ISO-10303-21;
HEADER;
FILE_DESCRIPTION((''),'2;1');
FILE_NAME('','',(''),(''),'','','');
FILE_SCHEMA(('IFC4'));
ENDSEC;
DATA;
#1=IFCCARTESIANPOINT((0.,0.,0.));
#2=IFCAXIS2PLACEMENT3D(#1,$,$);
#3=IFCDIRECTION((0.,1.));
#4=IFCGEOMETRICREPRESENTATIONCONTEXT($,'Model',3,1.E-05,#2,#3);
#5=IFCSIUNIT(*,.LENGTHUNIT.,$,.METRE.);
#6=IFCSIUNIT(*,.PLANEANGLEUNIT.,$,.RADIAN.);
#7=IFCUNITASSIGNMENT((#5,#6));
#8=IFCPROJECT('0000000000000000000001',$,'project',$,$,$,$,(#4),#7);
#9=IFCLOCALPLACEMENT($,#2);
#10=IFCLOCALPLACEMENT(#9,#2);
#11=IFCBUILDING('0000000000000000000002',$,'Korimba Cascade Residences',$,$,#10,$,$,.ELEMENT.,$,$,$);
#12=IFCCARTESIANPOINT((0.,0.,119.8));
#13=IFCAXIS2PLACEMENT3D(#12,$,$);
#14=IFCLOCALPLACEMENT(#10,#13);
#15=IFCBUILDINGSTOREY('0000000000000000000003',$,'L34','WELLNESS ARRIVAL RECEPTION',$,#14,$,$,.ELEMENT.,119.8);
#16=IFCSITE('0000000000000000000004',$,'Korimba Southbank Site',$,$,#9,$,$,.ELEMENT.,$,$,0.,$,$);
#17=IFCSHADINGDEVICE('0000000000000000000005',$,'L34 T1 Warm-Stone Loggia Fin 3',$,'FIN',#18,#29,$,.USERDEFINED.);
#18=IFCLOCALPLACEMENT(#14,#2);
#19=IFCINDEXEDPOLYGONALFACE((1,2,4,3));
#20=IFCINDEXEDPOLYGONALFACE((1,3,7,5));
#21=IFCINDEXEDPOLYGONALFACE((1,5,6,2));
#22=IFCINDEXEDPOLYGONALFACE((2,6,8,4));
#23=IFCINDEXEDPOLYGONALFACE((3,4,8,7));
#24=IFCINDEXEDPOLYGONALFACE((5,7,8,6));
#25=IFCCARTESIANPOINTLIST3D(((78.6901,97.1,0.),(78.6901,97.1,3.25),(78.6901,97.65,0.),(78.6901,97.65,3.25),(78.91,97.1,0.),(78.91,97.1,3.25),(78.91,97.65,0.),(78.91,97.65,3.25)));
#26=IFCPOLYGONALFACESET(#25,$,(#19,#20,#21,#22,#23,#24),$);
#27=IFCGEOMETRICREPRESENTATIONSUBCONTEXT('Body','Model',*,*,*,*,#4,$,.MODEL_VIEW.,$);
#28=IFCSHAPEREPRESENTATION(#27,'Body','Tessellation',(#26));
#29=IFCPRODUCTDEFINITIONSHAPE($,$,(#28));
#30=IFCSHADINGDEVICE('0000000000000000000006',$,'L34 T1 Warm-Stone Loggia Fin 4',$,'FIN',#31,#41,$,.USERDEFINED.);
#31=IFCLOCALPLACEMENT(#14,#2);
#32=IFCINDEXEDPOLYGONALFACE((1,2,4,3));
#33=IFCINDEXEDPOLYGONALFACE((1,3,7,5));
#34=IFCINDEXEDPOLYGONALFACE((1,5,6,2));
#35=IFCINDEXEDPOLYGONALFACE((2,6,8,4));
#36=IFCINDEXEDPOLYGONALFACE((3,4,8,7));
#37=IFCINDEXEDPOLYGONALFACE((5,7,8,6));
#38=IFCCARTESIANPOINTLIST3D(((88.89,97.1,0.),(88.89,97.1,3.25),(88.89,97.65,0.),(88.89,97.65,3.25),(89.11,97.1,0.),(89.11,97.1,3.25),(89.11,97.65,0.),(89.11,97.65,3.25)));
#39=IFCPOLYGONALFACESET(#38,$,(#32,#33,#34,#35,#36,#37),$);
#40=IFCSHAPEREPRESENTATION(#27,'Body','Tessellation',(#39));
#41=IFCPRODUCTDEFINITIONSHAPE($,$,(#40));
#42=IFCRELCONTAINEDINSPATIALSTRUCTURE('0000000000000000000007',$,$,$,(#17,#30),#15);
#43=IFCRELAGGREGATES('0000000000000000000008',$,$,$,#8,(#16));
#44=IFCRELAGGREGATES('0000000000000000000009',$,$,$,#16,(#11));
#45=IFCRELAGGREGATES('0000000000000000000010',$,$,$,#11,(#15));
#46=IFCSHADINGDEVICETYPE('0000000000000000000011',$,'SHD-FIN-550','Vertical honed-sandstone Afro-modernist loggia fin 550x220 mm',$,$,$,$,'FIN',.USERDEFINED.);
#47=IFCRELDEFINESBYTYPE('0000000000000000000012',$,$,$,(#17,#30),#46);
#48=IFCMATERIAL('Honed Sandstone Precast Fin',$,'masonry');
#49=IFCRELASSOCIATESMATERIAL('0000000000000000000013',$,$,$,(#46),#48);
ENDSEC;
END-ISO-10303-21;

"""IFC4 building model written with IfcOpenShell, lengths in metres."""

from ifc_helpers import new_model, si_unit, direction, frame, origin, origin_2d, place, context, subcontext, project, spatial, rectangle, extrude, material, type_object, element, save


model = new_model("IFC4")

# Units and contexts
model_context = context("Model", 3, precision=1e-05, world=origin(), true_north=direction((0.0, 1.0)))
body_context = subcontext(model_context, "Body", "Model", "MODEL_VIEW")
ifc_project = project(units=[si_unit("LENGTHUNIT", "METRE"), si_unit("PLANEANGLEUNIT", "RADIAN")], contexts=[model_context])

# Site, building, storey
site_placement = place(None, origin())
site = spatial("IfcSite", under=ifc_project, at=site_placement, Name="Korimba Southbank Site", CompositionType="ELEMENT", RefElevation=0.0)
building_placement = place(site_placement, origin())
building = spatial("IfcBuilding", under=site, at=building_placement, Name="Korimba Cascade Residences", CompositionType="ELEMENT")
storey_placement = place(building_placement, frame((0.0, 0.0, 119.8)))
storey = spatial("IfcBuildingStorey", under=building, at=storey_placement, Name="L34", Description="WELLNESS ARRIVAL RECEPTION", CompositionType="ELEMENT", Elevation=119.8)

# Shading devices
ifc_material_1 = material(Name="Honed Sandstone Precast Fin", Category="masonry")
shading_device_type = type_object("IfcShadingDeviceType", Name="SHD-FIN-550", Description="Vertical honed-sandstone Afro-modernist loggia fin 550x220 mm", ElementType="FIN", PredefinedType="USERDEFINED", material=ifc_material_1)
for number, where, z_axis, x_axis, name in (
    (1, (78.8, 97.375, 0.0), (0.0, 0.0, 1.0), (1.0, 0.0, 0.0), "L34 T1 Warm-Stone Loggia Fin 3"),
    (2, (89.0, 97.375, 0.0), (0.0, 0.0, 1.0), (1.0, 0.0, 0.0), "L34 T1 Warm-Stone Loggia Fin 4"),
):
    element("IfcShadingDevice", number, at=place(storey_placement, frame(where, z_axis=z_axis, x_axis=x_axis)), inside=storey, type_object=shading_device_type, Name=name, ObjectType="FIN", PredefinedType="USERDEFINED", context=body_context, shape_type="SweptSolid", body=[
        extrude(rectangle(XDim=0.22, YDim=0.55, at=origin_2d()), origin(), (0.0, 0.0, 1.0), 3.25),
    ])

save(model, "model.ifc")
